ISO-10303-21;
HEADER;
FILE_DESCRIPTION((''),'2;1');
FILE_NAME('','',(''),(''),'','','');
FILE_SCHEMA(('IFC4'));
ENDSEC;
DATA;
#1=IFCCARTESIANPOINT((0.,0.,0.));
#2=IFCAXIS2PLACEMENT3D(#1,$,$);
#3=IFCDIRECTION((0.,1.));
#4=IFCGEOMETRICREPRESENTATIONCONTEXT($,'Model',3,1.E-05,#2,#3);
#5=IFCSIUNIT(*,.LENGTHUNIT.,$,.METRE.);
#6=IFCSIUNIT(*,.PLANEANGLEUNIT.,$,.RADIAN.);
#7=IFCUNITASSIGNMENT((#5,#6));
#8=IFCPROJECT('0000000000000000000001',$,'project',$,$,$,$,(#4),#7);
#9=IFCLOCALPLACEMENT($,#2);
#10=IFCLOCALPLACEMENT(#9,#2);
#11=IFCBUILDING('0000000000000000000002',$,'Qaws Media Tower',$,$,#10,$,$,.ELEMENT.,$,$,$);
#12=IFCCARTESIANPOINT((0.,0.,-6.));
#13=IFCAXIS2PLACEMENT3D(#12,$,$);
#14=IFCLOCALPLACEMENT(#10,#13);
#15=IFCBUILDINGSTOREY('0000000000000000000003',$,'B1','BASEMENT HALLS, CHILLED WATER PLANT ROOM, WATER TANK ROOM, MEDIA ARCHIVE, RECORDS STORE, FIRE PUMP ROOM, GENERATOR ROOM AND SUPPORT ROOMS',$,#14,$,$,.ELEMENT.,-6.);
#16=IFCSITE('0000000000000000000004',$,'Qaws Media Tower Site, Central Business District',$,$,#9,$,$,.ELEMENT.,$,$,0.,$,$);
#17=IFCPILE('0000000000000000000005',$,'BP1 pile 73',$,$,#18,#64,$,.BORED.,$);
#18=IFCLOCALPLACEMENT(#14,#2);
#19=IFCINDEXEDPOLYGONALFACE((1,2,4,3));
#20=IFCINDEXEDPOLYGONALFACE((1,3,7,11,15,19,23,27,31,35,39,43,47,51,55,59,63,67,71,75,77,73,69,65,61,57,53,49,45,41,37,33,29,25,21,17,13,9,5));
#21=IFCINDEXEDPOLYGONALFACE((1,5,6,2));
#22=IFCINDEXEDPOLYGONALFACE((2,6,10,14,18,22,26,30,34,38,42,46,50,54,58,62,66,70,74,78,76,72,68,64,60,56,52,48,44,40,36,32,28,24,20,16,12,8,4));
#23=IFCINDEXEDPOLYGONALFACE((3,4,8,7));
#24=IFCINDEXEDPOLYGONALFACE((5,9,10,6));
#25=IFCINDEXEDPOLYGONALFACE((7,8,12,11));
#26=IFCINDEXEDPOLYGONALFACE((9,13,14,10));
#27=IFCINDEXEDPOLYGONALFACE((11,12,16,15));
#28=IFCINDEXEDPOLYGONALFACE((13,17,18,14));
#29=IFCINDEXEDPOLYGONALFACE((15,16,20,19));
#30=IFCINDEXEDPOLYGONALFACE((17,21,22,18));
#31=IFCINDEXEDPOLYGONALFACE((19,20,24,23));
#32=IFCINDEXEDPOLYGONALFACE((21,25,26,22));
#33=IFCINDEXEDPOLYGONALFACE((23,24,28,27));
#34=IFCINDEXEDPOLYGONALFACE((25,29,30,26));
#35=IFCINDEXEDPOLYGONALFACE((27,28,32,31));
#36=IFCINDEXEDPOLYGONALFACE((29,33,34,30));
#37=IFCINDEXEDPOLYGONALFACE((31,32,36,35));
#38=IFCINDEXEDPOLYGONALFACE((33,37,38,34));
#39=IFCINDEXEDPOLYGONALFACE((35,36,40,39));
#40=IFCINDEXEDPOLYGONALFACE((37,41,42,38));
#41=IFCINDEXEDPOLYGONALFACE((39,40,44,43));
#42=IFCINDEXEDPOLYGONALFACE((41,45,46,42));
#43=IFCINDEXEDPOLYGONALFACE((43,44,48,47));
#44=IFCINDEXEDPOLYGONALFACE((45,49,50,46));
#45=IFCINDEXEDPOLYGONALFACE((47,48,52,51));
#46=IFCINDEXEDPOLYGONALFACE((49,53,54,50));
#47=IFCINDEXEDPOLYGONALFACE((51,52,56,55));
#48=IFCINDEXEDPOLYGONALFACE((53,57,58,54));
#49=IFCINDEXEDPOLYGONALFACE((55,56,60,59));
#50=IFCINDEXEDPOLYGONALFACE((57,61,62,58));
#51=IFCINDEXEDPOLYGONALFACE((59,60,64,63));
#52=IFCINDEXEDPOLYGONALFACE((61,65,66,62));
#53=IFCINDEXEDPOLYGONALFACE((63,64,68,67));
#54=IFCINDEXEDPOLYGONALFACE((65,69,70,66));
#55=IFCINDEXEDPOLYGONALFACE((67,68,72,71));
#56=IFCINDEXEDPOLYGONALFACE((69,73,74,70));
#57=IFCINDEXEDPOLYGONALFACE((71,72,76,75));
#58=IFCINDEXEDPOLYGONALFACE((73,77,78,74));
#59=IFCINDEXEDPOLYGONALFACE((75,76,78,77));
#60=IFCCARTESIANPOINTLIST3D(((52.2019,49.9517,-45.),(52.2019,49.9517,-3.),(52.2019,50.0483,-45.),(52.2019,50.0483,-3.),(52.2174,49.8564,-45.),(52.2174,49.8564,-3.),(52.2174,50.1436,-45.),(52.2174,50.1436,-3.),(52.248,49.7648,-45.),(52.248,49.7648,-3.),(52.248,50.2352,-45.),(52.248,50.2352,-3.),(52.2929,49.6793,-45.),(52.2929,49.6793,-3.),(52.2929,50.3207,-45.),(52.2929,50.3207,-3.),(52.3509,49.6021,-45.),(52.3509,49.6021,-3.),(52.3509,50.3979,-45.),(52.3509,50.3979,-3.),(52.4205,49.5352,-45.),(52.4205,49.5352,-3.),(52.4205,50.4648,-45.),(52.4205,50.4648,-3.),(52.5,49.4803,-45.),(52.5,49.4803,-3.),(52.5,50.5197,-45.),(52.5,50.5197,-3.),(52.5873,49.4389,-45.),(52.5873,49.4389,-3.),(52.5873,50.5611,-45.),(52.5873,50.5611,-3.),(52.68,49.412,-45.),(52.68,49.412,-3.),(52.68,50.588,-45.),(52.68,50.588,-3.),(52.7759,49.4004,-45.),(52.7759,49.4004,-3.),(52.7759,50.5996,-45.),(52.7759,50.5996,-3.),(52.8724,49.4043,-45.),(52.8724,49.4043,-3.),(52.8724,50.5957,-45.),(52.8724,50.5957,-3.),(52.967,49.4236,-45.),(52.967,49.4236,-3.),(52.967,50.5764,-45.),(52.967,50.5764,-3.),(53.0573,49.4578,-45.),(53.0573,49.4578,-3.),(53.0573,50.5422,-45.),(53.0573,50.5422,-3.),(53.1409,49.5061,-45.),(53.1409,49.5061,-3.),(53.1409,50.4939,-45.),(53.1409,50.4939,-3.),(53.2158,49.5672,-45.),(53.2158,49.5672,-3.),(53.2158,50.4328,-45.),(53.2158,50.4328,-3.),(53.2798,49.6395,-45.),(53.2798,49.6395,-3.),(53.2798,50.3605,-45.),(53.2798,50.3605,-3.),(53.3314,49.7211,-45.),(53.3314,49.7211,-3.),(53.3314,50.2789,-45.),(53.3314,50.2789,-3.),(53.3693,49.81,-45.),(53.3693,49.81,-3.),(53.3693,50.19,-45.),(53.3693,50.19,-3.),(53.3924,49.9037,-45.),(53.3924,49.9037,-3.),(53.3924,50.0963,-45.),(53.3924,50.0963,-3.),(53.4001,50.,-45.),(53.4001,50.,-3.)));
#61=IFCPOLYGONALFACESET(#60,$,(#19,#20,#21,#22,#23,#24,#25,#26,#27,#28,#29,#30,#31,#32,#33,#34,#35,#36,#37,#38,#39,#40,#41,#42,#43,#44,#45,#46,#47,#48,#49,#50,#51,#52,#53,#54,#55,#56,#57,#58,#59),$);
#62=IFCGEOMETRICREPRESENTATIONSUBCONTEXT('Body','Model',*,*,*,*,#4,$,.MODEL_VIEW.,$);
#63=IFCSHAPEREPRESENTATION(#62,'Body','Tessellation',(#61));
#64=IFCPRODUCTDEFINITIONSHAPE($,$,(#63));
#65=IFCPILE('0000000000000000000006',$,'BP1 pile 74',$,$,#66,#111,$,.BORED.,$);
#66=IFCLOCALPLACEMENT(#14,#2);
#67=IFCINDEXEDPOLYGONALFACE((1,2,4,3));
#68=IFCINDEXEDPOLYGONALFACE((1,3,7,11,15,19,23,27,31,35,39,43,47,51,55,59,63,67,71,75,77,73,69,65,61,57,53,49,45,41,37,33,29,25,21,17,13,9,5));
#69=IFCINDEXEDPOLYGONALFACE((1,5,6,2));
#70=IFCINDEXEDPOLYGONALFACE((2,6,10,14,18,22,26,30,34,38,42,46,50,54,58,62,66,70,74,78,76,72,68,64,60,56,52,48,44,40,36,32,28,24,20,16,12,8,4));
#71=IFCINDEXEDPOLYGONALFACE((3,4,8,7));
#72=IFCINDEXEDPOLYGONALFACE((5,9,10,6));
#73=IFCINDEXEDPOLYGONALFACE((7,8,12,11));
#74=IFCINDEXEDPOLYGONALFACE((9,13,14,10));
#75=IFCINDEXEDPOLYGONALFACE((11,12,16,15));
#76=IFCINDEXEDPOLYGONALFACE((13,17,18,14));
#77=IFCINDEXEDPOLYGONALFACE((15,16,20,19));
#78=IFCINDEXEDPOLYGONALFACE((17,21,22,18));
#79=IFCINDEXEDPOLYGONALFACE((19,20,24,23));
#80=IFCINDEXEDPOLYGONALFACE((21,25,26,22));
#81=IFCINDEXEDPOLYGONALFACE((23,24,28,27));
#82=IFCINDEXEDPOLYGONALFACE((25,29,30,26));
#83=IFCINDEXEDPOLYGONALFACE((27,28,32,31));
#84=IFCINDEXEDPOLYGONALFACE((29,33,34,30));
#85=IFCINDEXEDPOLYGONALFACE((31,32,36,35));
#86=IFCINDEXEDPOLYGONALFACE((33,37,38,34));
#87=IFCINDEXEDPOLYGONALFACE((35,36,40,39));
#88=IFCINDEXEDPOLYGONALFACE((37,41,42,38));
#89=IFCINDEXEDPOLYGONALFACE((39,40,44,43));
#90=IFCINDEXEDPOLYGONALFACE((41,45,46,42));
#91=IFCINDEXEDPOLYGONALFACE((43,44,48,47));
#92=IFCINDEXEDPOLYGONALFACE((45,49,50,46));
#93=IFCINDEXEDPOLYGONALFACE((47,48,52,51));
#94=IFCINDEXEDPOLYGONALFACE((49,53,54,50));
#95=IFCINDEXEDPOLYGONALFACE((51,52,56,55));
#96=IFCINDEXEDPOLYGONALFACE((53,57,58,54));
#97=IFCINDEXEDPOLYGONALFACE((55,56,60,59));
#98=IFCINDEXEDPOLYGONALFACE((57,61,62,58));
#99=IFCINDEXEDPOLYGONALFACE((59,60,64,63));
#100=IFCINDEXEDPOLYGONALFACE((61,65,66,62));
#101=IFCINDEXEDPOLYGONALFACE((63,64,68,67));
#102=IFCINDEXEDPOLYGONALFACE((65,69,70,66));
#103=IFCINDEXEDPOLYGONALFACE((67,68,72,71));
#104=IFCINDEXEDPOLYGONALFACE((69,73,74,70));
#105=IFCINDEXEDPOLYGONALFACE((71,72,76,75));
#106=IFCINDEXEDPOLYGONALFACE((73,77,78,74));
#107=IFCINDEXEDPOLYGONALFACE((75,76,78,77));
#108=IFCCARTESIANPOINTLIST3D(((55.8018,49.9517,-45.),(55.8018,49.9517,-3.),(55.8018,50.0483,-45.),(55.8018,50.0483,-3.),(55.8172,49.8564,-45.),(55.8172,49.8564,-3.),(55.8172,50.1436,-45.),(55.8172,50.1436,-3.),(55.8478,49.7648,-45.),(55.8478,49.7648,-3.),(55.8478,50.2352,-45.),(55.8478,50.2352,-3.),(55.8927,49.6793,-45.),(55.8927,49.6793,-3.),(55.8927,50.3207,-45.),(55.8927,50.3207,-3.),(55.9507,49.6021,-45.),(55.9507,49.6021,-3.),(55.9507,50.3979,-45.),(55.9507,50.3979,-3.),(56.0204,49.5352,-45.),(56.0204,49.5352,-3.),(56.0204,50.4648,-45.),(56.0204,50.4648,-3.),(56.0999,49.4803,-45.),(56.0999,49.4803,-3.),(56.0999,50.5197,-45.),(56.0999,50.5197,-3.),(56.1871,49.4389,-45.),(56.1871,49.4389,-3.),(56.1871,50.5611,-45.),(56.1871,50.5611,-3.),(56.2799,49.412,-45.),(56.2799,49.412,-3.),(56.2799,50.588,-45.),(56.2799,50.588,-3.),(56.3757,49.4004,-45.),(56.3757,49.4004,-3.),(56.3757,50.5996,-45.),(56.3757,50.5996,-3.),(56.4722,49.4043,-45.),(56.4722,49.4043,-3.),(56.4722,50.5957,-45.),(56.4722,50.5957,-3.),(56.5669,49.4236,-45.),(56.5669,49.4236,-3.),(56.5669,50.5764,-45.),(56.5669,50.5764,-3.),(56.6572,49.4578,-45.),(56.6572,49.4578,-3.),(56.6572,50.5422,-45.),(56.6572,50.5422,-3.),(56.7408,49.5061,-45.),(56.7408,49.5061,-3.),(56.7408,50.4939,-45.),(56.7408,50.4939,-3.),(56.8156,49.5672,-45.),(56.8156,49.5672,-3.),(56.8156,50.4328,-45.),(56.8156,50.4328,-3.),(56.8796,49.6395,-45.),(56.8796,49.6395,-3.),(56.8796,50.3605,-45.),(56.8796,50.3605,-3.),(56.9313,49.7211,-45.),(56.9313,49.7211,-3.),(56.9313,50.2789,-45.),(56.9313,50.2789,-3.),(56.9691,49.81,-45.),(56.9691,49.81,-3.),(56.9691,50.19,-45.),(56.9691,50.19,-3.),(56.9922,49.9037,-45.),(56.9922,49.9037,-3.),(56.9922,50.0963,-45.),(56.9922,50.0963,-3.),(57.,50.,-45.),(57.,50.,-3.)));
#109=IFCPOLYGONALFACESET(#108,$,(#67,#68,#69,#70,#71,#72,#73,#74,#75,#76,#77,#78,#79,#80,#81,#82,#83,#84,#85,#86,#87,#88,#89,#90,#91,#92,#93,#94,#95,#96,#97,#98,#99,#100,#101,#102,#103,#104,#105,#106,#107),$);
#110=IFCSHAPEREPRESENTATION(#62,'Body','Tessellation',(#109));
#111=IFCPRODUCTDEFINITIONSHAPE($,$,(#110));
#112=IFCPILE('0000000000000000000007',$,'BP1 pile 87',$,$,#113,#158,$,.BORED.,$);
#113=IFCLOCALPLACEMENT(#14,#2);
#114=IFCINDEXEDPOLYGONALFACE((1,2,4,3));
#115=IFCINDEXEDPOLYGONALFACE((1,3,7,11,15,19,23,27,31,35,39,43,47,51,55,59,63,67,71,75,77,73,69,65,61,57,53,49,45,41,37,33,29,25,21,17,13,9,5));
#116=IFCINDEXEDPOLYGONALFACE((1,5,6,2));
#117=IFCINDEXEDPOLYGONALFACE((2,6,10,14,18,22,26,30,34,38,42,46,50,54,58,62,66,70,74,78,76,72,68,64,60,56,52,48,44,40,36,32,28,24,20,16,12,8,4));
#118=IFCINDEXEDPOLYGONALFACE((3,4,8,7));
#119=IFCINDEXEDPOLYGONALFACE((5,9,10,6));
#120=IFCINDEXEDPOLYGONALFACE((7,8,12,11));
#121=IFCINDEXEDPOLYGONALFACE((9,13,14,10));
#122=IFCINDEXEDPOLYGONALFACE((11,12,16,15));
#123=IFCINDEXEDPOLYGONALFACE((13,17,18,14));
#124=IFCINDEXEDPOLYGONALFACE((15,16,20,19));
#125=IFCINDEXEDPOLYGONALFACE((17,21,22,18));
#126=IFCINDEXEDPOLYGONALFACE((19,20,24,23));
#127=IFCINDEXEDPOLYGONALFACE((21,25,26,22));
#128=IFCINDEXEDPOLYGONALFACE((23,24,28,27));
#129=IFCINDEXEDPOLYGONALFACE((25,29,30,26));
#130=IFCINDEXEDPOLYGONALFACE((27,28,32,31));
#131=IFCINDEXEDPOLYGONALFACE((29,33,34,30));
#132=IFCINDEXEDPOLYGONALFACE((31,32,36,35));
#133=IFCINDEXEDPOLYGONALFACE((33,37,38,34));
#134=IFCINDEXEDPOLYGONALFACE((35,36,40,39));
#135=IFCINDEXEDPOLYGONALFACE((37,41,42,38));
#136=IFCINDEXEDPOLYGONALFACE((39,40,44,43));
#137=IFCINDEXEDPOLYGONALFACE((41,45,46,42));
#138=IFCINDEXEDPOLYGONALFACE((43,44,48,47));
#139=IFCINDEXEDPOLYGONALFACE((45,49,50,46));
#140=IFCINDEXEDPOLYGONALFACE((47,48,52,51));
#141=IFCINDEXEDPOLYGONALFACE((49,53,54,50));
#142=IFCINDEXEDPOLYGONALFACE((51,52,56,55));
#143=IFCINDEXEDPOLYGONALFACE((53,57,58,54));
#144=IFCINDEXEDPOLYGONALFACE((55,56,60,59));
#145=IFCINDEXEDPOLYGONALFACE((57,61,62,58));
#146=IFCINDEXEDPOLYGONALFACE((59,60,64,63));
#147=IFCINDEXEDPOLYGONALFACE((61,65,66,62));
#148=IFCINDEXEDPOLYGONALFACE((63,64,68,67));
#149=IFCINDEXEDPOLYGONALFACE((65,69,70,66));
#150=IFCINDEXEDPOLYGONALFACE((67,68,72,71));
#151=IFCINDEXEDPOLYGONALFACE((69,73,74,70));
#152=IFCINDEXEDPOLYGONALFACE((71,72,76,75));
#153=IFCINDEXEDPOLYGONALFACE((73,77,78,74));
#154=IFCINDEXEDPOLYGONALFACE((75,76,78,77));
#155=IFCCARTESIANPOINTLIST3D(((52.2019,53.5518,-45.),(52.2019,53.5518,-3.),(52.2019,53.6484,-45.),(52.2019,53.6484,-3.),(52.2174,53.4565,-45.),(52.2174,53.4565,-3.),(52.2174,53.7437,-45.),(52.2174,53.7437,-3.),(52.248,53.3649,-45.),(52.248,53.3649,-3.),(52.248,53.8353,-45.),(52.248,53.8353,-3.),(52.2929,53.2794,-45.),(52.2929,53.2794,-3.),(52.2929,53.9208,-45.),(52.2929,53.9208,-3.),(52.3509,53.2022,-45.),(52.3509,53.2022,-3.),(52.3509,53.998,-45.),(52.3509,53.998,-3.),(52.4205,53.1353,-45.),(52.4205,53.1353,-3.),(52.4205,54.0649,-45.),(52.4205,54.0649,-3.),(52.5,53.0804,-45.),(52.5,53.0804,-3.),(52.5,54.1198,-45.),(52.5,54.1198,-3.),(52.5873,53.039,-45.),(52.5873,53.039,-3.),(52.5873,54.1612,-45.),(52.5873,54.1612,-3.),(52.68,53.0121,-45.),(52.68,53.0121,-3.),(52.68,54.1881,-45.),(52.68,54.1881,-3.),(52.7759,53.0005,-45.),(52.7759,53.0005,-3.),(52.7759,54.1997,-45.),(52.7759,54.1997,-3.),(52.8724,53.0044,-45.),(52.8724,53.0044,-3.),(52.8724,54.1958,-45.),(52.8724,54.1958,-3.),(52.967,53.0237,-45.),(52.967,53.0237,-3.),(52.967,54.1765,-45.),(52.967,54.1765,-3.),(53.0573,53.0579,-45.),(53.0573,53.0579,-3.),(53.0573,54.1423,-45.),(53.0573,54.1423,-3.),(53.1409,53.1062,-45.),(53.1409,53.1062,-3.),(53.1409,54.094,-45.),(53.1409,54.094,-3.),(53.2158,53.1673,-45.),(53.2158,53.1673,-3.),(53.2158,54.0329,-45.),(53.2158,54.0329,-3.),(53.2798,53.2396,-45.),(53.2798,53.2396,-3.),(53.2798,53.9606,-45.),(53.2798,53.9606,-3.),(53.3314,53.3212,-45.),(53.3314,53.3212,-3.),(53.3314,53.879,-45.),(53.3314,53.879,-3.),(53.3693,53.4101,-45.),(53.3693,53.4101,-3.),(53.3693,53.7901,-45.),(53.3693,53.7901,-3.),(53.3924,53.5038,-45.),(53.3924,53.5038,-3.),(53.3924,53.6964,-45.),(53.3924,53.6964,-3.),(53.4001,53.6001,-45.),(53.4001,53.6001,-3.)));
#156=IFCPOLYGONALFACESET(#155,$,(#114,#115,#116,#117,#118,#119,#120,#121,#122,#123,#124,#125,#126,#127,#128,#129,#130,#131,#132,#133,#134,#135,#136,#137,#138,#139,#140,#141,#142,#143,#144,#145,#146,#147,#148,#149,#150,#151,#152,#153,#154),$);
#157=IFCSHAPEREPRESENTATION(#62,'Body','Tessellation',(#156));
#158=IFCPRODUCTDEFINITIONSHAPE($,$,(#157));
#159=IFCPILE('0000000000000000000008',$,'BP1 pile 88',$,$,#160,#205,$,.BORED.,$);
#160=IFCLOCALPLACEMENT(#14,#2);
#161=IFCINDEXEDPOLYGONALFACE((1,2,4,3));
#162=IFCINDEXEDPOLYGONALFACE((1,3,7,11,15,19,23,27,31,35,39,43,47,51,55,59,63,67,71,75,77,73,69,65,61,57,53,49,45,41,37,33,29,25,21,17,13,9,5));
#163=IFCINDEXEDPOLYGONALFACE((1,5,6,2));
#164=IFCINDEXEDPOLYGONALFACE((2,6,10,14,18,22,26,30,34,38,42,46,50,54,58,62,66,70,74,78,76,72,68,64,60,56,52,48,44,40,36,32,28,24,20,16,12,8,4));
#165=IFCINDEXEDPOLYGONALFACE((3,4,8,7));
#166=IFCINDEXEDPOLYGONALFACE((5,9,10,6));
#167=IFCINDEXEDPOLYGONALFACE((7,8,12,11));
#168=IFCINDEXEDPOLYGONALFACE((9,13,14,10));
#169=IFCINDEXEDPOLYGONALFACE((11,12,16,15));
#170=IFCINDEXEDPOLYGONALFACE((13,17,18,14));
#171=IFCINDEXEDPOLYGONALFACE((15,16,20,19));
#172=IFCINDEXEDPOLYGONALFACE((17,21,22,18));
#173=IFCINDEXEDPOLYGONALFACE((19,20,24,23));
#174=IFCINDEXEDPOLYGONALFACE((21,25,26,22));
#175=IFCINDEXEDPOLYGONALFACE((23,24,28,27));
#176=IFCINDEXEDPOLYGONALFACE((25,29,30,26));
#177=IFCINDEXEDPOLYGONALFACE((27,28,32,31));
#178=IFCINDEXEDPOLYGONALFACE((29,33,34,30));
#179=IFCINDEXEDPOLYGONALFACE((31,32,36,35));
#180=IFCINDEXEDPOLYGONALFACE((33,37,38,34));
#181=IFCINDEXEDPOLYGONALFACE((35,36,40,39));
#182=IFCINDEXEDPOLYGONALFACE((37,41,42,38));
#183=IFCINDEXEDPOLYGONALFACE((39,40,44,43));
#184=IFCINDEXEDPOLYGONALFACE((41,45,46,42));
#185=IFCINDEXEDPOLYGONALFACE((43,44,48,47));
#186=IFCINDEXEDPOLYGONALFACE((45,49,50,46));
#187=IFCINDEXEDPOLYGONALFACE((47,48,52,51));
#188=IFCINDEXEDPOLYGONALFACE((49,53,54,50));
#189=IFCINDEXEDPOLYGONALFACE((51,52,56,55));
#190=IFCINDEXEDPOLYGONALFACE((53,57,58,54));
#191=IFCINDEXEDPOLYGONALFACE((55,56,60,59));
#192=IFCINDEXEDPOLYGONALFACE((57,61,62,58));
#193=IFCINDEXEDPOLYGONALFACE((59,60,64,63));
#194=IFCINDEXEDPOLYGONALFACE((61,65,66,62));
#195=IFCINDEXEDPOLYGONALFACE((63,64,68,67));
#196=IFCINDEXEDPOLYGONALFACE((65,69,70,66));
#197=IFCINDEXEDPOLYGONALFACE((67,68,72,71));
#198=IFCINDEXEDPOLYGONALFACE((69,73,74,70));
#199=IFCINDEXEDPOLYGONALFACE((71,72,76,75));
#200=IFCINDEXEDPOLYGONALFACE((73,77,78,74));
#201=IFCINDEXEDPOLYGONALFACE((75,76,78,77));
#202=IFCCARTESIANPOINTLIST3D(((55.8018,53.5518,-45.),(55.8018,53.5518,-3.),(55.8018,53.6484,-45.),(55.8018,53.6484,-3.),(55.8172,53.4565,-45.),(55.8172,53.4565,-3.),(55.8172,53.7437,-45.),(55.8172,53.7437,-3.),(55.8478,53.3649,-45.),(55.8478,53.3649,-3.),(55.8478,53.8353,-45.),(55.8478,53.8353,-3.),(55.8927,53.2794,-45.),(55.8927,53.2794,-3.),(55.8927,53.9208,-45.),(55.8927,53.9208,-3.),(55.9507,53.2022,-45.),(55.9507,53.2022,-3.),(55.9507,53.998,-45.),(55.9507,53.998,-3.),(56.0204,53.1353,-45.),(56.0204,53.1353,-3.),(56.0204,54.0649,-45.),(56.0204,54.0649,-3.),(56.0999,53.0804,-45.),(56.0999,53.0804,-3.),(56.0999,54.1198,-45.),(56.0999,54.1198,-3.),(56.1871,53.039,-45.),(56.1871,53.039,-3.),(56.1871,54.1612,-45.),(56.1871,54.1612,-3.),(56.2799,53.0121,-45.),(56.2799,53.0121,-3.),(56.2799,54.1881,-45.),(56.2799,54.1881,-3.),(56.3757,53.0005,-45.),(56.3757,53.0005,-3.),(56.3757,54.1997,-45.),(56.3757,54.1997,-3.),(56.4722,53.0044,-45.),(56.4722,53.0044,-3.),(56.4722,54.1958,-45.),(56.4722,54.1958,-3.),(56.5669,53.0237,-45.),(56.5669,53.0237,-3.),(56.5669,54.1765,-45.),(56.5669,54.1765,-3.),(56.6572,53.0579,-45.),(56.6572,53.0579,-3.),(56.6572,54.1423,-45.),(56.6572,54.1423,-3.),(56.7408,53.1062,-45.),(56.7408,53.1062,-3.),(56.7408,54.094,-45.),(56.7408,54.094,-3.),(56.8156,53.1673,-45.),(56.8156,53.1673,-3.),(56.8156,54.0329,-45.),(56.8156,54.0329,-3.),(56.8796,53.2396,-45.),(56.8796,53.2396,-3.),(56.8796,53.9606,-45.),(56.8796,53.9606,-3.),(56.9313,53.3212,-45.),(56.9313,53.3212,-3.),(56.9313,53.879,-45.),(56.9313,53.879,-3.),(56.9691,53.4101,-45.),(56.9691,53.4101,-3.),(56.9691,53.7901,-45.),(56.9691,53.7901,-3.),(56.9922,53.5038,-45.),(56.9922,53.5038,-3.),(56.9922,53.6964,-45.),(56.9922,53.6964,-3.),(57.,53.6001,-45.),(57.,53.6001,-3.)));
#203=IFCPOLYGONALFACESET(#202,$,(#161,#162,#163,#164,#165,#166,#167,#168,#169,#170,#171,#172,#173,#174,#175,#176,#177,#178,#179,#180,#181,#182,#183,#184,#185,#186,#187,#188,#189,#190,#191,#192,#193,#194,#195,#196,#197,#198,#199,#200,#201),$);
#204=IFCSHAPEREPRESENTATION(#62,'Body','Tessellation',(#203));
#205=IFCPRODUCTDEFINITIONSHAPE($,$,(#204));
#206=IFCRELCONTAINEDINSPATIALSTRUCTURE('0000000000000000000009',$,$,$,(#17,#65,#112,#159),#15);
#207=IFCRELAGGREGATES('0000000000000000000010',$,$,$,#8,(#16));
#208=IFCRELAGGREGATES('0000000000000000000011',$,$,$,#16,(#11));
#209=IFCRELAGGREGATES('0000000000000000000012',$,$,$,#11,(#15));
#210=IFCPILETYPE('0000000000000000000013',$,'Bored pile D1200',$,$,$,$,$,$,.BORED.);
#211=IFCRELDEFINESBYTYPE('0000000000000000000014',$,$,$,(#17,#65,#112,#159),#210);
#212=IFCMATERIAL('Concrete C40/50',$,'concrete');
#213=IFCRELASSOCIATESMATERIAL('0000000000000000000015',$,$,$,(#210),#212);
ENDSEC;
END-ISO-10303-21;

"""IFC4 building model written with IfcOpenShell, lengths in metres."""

from ifc_helpers import new_model, si_unit, direction, frame, origin, origin_2d, place, context, subcontext, project, spatial, circle, extrude, material, material_profile, profile_set, type_object, element, save


model = new_model("IFC4")

# Units and contexts
model_context = context("Model", 3, precision=1e-05, world=origin(), true_north=direction((0.0, 1.0)))
body_context = subcontext(model_context, "Body", "Model", "MODEL_VIEW")
ifc_project = project(units=[si_unit("LENGTHUNIT", "METRE"), si_unit("PLANEANGLEUNIT", "RADIAN")], contexts=[model_context])

# Site, building, storey
site_placement = place(None, origin())
site = spatial("IfcSite", under=ifc_project, at=site_placement, Name="Qaws Media Tower Site, Central Business District", CompositionType="ELEMENT", RefElevation=0.0)
building_placement = place(site_placement, origin())
building = spatial("IfcBuilding", under=site, at=building_placement, Name="Qaws Media Tower", CompositionType="ELEMENT")
storey_placement = place(building_placement, frame((0.0, 0.0, -6.0)))
storey = spatial("IfcBuildingStorey", under=building, at=storey_placement, Name="B1", Description="BASEMENT HALLS, CHILLED WATER PLANT ROOM, WATER TANK ROOM, MEDIA ARCHIVE, RECORDS STORE, FIRE PUMP ROOM, GENERATOR ROOM AND SUPPORT ROOMS", CompositionType="ELEMENT", Elevation=-6.0)

# Piles
ifc_material_1 = material(Name="Concrete C40/50", Category="concrete")
ifc_material_profile = material_profile(ifc_material_1, circle(Radius=0.6001, at=origin_2d()), Name="D1200")
ifc_profile_set = profile_set([ifc_material_profile], Name="Concrete C40/50")
pile_type = type_object("IfcPileType", Name="Bored pile D1200", PredefinedType="BORED", material=ifc_profile_set)
for number, where, z_axis, x_axis, name in (
    (1, (52.8, 50.0, -3.0), (0.0, 0.0, -1.0), (1.0, 0.0, 0.0), "BP1 pile 73"),
    (2, (56.3999, 50.0, -3.0), (0.0, 0.0, -1.0), (1.0, 0.0, 0.0), "BP1 pile 74"),
    (3, (52.8, 53.6001, -3.0), (0.0, 0.0, -1.0), (1.0, 0.0, 0.0), "BP1 pile 87"),
    (4, (56.3999, 53.6001, -3.0), (0.0, 0.0, -1.0), (1.0, 0.0, 0.0), "BP1 pile 88"),
):
    element("IfcPile", number, at=place(storey_placement, frame(where, z_axis=z_axis, x_axis=x_axis)), inside=storey, type_object=pile_type, Name=name, PredefinedType="BORED", context=body_context, shape_type="SweptSolid", body=[
        extrude(circle(Radius=0.6001, at=origin_2d()), origin(), (0.0, 0.0, 1.0), 42.0),
    ])

save(model, "model.ifc")
